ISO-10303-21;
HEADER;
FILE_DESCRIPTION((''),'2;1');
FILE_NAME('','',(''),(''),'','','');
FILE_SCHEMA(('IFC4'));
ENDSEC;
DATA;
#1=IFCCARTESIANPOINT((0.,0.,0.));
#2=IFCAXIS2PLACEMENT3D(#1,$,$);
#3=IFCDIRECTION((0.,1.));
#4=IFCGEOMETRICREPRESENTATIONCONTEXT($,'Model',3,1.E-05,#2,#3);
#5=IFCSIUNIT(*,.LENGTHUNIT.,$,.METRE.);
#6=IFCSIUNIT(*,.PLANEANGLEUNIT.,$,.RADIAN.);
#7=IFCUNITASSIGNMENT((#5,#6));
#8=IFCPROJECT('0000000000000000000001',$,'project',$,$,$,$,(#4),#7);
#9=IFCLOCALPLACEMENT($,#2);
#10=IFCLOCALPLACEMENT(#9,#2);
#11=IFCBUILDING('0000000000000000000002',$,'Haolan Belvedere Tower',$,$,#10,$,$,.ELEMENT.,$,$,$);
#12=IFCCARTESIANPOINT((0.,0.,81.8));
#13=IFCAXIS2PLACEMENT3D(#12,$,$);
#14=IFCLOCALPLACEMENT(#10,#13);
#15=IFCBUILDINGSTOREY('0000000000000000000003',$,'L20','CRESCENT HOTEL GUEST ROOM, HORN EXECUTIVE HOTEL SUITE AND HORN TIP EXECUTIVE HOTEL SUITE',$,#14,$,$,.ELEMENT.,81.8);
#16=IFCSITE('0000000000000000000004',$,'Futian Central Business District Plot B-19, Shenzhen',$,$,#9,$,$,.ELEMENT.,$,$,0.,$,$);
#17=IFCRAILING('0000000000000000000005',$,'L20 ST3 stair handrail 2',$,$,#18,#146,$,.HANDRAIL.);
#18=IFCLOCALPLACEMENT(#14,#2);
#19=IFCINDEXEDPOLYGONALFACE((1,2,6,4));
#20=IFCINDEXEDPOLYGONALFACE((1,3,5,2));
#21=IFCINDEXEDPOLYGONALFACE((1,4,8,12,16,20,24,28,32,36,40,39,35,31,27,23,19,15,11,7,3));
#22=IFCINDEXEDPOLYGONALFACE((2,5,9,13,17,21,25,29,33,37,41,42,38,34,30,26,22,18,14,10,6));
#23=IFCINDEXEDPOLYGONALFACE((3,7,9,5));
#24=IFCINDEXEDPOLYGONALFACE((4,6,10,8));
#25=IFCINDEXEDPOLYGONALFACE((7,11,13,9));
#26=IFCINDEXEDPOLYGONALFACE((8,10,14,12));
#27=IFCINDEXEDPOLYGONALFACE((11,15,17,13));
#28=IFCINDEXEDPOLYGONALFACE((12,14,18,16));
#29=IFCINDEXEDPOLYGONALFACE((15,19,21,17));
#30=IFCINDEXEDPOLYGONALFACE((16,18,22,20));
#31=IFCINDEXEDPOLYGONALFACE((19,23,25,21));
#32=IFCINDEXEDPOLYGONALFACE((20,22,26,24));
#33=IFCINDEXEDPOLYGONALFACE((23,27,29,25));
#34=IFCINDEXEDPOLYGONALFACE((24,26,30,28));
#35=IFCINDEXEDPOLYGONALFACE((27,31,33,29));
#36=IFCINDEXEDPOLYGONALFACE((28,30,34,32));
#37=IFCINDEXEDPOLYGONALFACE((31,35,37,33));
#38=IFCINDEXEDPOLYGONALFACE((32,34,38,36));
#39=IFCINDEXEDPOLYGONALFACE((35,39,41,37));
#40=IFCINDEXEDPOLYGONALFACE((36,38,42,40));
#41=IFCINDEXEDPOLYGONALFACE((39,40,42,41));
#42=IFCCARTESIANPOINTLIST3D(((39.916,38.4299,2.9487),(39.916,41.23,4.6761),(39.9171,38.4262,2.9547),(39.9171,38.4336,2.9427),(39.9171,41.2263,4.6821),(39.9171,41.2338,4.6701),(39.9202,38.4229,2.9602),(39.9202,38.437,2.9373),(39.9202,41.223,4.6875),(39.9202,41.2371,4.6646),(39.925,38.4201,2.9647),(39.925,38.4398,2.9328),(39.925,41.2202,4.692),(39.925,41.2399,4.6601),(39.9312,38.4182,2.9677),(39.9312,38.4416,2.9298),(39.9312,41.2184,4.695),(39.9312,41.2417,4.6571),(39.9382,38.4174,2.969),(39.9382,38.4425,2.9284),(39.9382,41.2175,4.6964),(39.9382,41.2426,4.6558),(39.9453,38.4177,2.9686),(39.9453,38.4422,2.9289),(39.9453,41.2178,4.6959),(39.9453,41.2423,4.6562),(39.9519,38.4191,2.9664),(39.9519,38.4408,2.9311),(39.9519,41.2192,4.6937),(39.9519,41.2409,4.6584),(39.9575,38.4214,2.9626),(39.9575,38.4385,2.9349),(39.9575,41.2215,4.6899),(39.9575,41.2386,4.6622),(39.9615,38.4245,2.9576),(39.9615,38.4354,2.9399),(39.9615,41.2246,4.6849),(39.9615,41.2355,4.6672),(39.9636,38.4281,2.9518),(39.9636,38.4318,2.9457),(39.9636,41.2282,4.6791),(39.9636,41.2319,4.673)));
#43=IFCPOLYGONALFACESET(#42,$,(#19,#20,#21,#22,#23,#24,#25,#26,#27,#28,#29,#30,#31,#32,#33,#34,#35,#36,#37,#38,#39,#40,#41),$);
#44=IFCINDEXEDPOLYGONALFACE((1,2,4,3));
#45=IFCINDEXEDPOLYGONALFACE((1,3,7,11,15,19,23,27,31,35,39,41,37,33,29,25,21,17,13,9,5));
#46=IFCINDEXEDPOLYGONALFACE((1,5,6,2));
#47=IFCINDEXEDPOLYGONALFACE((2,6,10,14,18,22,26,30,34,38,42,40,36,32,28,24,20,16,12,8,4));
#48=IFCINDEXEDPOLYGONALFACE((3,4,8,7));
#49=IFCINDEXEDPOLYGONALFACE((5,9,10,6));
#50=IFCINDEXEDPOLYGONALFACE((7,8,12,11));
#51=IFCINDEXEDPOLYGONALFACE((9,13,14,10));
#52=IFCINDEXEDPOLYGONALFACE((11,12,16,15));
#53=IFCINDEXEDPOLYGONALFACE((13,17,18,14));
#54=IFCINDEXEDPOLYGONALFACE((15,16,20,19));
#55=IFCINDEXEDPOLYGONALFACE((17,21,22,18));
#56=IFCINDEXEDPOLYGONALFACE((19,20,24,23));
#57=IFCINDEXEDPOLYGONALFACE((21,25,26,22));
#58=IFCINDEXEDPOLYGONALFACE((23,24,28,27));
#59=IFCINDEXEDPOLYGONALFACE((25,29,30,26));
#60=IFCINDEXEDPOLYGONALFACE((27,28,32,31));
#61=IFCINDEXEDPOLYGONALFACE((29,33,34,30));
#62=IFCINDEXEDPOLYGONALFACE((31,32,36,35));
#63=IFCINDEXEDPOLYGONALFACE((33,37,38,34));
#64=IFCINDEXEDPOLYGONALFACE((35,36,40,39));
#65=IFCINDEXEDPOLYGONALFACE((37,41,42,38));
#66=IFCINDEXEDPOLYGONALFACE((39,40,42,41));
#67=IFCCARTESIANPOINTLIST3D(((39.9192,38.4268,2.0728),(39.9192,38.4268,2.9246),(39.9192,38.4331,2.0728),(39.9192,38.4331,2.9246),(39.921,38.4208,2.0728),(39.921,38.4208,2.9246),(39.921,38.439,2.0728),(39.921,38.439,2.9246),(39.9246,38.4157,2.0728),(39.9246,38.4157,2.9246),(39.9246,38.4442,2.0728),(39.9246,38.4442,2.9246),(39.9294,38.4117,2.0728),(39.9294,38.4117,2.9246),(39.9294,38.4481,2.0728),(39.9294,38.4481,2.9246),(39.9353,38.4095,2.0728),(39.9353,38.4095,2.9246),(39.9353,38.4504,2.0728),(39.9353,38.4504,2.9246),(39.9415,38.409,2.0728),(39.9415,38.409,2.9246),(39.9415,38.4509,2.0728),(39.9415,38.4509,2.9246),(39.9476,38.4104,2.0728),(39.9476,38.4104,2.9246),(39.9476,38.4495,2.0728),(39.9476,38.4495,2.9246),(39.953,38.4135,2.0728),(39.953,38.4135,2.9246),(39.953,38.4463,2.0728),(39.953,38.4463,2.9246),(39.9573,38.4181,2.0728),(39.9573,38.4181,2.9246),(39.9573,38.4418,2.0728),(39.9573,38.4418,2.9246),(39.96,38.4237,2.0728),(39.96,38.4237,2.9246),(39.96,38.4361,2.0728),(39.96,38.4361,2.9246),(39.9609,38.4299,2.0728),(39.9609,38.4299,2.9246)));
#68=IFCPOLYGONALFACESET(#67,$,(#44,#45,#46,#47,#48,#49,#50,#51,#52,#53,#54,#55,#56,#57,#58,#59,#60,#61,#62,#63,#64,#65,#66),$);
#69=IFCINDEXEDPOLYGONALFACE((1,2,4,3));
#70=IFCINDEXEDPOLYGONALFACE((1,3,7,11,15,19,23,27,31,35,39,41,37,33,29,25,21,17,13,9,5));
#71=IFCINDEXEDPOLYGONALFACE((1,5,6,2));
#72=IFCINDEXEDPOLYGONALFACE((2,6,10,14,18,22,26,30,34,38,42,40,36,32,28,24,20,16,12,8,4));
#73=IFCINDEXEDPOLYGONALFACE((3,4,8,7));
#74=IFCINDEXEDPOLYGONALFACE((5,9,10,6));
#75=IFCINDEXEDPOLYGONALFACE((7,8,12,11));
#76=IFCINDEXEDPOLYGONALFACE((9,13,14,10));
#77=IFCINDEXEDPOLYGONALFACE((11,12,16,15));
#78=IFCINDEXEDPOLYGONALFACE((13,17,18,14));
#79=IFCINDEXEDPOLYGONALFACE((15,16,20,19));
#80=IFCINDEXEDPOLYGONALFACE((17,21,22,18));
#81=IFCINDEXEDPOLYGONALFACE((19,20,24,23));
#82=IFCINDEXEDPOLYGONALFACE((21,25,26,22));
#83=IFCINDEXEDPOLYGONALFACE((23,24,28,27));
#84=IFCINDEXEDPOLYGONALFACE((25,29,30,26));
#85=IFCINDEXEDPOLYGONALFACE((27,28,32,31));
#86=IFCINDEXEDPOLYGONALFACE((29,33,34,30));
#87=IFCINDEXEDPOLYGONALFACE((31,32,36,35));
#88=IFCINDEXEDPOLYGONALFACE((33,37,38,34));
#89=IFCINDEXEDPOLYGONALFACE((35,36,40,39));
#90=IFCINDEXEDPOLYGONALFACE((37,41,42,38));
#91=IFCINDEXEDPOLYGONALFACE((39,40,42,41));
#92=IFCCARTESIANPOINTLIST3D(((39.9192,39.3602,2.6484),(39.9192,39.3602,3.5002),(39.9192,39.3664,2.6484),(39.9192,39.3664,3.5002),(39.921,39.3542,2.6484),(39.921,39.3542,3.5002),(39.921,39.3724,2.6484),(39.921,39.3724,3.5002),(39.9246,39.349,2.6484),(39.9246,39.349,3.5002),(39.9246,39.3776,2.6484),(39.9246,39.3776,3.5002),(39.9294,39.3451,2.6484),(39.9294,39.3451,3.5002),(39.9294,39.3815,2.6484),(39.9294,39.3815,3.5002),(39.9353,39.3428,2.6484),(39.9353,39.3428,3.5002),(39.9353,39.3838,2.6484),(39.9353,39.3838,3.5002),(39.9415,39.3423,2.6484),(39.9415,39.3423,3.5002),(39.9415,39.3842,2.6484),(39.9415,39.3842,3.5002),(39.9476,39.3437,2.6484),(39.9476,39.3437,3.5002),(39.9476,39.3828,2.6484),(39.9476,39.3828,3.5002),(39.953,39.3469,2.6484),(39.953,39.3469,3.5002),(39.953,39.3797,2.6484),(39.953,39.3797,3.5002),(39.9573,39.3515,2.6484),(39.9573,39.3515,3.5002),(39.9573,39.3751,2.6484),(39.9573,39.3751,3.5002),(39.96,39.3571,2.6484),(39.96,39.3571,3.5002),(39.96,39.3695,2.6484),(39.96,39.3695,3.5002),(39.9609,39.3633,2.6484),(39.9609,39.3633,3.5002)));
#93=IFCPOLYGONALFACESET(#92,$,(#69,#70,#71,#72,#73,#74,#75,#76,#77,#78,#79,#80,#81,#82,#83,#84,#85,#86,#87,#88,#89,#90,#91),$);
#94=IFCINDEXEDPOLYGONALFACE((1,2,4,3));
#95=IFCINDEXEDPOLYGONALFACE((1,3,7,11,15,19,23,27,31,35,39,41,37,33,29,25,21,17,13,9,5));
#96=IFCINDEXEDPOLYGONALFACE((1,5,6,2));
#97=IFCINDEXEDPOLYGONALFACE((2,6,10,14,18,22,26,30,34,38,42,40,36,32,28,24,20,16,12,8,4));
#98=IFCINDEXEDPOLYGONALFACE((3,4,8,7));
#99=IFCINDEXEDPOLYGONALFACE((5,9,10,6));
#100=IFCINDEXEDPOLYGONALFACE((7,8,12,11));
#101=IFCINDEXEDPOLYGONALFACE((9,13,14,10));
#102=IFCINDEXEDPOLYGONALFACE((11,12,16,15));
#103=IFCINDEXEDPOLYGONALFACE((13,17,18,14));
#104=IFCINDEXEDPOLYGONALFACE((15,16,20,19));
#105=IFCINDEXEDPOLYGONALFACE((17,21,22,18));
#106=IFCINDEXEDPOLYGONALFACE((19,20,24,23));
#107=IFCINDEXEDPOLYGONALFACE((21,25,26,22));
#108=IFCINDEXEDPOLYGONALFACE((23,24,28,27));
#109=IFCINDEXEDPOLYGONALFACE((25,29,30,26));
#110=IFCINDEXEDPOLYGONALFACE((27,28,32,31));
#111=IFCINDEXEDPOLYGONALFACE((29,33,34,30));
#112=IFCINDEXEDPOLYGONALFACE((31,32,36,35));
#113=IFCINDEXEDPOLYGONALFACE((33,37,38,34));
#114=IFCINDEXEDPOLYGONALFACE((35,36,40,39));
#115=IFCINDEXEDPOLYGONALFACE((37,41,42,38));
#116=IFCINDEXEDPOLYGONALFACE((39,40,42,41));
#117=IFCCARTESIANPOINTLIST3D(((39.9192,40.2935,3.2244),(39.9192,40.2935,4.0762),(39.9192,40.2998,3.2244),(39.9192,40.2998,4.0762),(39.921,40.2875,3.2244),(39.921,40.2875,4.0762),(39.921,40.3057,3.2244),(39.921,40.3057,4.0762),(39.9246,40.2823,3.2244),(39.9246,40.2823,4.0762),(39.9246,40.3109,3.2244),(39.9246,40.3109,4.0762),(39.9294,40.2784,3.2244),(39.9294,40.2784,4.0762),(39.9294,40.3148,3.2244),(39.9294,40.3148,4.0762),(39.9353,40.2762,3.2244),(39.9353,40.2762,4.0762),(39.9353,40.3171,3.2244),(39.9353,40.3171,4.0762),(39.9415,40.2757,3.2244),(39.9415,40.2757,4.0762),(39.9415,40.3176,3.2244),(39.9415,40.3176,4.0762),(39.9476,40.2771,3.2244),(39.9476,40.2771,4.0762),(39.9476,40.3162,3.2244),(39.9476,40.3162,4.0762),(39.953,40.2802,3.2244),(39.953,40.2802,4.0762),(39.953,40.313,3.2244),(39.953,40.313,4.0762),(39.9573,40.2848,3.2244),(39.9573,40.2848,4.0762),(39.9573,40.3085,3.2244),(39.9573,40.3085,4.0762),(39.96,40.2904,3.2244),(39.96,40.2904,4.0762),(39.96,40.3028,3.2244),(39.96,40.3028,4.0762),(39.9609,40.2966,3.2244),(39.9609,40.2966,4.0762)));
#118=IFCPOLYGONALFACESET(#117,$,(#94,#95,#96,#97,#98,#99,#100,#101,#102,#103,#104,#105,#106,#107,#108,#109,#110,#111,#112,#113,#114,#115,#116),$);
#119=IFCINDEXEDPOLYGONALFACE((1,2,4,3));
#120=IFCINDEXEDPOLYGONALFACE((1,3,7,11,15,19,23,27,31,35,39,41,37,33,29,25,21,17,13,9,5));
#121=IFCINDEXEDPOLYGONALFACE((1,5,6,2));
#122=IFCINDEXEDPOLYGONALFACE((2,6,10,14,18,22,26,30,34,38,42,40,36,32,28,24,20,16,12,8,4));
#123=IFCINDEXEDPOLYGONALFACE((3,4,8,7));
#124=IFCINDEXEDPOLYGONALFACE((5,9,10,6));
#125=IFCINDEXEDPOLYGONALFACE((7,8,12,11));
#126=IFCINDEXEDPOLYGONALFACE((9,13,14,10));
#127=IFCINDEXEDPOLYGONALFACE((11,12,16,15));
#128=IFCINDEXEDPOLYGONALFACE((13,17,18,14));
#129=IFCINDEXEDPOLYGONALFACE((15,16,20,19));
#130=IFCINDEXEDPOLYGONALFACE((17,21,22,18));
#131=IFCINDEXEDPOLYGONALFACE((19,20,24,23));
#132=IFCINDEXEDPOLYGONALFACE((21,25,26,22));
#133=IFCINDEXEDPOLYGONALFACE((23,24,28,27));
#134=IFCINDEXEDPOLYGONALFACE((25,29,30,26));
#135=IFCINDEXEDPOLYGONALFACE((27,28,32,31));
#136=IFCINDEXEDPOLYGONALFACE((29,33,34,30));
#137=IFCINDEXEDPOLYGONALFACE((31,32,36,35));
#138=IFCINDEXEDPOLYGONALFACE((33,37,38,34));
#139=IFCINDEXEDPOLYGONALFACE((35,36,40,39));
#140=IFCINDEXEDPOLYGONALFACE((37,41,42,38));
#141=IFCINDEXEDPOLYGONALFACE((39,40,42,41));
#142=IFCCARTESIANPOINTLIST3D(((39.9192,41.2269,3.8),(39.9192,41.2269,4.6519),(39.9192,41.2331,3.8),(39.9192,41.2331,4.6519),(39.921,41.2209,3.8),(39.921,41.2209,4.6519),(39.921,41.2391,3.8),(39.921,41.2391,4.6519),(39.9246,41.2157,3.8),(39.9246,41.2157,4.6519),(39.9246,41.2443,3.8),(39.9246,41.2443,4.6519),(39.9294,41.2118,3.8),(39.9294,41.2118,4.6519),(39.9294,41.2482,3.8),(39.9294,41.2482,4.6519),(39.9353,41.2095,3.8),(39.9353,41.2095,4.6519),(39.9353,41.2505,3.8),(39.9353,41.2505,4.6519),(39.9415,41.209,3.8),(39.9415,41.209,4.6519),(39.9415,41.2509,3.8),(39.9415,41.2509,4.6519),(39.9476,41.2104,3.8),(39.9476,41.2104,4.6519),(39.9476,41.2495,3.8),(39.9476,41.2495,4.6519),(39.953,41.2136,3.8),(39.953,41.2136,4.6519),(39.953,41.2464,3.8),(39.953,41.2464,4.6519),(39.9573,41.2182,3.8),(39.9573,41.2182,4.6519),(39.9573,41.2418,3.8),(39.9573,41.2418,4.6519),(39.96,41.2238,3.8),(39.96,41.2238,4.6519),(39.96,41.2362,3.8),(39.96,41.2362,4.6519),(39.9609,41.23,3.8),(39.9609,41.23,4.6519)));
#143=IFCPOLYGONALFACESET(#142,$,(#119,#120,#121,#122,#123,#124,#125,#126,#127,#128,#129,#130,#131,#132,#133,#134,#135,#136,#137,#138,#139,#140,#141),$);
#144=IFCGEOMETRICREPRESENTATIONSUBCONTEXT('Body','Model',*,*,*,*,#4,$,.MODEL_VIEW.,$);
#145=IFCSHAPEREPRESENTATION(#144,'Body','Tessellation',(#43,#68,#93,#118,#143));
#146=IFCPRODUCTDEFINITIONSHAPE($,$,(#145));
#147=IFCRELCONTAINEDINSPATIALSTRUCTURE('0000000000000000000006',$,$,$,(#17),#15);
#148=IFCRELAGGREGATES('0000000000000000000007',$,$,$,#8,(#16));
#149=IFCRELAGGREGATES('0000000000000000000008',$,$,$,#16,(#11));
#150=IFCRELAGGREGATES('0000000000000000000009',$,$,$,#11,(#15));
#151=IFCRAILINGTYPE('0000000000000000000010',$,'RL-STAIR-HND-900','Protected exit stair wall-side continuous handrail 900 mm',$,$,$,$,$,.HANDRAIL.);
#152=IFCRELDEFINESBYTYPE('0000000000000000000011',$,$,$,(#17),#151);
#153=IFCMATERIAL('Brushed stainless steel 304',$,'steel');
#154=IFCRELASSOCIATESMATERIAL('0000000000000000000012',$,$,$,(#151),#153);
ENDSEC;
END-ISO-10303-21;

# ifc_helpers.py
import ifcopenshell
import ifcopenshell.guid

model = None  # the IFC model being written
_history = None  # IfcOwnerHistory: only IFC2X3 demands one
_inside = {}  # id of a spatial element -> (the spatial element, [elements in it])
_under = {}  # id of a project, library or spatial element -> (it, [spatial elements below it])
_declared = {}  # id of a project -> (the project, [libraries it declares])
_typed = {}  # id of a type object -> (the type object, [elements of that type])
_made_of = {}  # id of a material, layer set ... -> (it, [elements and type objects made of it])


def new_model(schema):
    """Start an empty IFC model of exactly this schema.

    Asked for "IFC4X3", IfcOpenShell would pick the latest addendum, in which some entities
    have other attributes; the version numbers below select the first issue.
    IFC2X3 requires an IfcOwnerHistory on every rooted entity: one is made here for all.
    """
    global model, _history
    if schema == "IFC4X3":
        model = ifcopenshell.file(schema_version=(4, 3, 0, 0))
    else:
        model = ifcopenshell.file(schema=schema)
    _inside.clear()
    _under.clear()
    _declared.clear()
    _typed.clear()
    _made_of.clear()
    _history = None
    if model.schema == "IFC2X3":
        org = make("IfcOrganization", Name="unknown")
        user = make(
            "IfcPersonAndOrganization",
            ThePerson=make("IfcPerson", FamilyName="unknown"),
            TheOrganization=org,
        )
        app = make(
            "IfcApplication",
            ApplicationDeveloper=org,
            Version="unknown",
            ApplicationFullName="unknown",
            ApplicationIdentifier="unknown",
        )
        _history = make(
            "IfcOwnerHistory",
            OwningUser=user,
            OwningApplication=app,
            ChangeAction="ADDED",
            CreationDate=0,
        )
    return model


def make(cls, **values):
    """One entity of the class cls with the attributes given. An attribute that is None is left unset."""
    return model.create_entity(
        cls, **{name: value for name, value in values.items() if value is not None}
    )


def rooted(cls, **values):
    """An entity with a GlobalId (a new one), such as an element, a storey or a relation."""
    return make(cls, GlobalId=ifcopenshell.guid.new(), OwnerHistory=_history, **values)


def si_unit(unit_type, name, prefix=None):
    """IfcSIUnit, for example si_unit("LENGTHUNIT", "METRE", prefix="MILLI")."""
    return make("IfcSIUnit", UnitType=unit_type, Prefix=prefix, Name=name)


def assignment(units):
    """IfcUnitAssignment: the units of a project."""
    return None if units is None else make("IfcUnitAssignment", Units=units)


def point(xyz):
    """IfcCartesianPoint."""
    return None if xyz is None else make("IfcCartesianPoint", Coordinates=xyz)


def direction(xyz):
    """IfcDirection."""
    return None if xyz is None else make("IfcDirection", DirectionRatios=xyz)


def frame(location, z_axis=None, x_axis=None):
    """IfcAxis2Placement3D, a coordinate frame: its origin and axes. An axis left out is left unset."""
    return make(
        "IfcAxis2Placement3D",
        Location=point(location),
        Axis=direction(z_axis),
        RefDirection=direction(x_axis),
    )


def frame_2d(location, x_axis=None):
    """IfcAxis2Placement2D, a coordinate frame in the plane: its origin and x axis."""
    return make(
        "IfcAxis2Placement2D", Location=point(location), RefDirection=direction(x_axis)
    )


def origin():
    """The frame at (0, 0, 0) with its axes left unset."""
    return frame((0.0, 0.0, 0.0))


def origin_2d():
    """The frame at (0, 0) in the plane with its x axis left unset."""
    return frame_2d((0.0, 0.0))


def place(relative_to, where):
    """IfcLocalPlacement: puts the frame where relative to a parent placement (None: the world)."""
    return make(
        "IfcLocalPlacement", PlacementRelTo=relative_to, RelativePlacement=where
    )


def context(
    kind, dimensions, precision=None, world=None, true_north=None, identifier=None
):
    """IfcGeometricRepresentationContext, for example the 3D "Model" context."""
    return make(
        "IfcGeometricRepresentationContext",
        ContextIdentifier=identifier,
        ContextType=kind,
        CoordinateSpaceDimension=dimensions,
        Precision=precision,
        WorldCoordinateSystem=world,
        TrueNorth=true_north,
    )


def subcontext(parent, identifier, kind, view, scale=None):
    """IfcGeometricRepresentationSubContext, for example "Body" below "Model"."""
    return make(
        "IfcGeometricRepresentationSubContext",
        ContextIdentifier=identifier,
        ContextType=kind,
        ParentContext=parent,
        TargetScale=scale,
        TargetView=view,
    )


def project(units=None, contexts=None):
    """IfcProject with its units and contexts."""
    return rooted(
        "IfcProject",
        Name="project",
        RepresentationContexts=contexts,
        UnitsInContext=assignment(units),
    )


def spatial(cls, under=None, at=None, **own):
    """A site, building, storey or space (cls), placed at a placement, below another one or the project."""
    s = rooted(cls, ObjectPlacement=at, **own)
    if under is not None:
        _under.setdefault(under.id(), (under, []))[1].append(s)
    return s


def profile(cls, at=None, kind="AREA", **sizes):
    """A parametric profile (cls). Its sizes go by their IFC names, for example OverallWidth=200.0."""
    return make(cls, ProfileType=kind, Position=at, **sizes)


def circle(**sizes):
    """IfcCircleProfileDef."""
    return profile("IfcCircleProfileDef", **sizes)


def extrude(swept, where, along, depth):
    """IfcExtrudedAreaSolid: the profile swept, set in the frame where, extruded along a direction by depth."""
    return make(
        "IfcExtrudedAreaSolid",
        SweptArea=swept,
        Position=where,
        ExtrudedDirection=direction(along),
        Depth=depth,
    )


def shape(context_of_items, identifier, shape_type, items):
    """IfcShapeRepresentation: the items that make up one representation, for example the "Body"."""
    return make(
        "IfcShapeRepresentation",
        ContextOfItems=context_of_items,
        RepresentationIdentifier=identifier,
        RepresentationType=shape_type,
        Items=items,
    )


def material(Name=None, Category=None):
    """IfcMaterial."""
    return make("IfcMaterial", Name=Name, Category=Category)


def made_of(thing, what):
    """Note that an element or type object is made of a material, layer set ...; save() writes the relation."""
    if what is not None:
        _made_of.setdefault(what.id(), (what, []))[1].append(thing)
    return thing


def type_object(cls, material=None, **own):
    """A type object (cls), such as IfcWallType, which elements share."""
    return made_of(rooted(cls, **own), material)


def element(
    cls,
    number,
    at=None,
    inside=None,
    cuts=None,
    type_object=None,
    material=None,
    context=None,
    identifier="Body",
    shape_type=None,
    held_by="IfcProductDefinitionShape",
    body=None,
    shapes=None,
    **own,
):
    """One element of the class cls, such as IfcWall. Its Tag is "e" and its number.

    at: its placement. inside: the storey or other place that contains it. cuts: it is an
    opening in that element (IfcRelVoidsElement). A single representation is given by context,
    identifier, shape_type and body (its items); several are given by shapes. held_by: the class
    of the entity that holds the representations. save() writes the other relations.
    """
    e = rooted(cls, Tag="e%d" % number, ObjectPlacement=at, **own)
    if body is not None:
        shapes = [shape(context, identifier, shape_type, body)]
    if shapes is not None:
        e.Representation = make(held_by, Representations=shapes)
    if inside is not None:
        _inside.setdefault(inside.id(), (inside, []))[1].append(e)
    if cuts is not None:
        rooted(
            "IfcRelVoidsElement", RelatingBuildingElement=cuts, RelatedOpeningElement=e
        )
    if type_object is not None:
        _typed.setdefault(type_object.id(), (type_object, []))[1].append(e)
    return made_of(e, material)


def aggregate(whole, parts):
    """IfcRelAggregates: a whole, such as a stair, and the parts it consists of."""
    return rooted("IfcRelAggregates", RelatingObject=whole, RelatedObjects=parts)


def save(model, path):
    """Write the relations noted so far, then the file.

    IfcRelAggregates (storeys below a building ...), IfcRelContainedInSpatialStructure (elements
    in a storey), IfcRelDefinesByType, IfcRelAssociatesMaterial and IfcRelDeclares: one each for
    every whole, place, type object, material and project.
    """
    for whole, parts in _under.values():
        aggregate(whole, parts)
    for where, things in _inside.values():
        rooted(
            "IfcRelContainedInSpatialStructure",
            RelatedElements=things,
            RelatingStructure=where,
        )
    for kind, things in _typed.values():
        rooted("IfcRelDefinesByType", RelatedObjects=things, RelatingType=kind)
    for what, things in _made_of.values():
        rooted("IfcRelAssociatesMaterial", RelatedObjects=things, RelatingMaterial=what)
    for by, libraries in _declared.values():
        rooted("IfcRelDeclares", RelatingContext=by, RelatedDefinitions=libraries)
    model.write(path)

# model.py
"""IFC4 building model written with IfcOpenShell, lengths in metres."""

from ifc_helpers import new_model, si_unit, direction, frame, origin, origin_2d, place, context, subcontext, project, spatial, circle, extrude, material, type_object, element, save


model = new_model("IFC4")

# Units and contexts
model_context = context("Model", 3, precision=1e-05, world=origin(), true_north=direction((0.0, 1.0)))
body_context = subcontext(model_context, "Body", "Model", "MODEL_VIEW")
ifc_project = project(units=[si_unit("LENGTHUNIT", "METRE"), si_unit("PLANEANGLEUNIT", "RADIAN")], contexts=[model_context])

# Site, building, storey
site_placement = place(None, origin())
site = spatial("IfcSite", under=ifc_project, at=site_placement, Name="Futian Central Business District Plot B-19, Shenzhen", CompositionType="ELEMENT", RefElevation=0.0)
building_placement = place(site_placement, origin())
building = spatial("IfcBuilding", under=site, at=building_placement, Name="Haolan Belvedere Tower", CompositionType="ELEMENT")
storey_placement = place(building_placement, frame((0.0, 0.0, 81.8)))
storey = spatial("IfcBuildingStorey", under=building, at=storey_placement, Name="L20", Description="CRESCENT HOTEL GUEST ROOM, HORN EXECUTIVE HOTEL SUITE AND HORN TIP EXECUTIVE HOTEL SUITE", CompositionType="ELEMENT", Elevation=81.8)

# Railing
ifc_material_1 = material(Name="Brushed stainless steel 304", Category="steel")
railing_type_1 = type_object("IfcRailingType", Name="RL-STAIR-HND-900", Description="Protected exit stair wall-side continuous handrail 900 mm", PredefinedType="HANDRAIL", material=ifc_material_1)
railing_1_placement = place(storey_placement, frame((39.9399, 38.4299, 2.0728)))
element("IfcRailing", 1, at=railing_1_placement, inside=storey, type_object=railing_type_1, Name="L20 ST3 stair handrail 2", PredefinedType="HANDRAIL", context=body_context, shape_type="SweptSolid", body=[
    extrude(circle(Radius=0.0239, at=origin_2d()), frame((0.0, 0.0, 0.876), z_axis=(0.0, 0.85109, 0.52502), x_axis=(-1.0, 0.0, 0.0)), (0.0, 0.0, 1.0), 3.29),
    extrude(circle(Radius=0.021, at=origin_2d()), origin(), (0.0, 0.0, 1.0), 0.8518),
    extrude(circle(Radius=0.021, at=origin_2d()), frame((0.0, 0.9333, 0.5757)), (0.0, 0.0, 1.0), 0.8518),
    extrude(circle(Radius=0.021, at=origin_2d()), frame((0.0, 1.8667, 1.1516)), (0.0, 0.0, 1.0), 0.8518),
    extrude(circle(Radius=0.021, at=origin_2d()), frame((0.0, 2.8, 1.7273)), (0.0, 0.0, 1.0), 0.8518),
])

save(model, "model.ifc")
